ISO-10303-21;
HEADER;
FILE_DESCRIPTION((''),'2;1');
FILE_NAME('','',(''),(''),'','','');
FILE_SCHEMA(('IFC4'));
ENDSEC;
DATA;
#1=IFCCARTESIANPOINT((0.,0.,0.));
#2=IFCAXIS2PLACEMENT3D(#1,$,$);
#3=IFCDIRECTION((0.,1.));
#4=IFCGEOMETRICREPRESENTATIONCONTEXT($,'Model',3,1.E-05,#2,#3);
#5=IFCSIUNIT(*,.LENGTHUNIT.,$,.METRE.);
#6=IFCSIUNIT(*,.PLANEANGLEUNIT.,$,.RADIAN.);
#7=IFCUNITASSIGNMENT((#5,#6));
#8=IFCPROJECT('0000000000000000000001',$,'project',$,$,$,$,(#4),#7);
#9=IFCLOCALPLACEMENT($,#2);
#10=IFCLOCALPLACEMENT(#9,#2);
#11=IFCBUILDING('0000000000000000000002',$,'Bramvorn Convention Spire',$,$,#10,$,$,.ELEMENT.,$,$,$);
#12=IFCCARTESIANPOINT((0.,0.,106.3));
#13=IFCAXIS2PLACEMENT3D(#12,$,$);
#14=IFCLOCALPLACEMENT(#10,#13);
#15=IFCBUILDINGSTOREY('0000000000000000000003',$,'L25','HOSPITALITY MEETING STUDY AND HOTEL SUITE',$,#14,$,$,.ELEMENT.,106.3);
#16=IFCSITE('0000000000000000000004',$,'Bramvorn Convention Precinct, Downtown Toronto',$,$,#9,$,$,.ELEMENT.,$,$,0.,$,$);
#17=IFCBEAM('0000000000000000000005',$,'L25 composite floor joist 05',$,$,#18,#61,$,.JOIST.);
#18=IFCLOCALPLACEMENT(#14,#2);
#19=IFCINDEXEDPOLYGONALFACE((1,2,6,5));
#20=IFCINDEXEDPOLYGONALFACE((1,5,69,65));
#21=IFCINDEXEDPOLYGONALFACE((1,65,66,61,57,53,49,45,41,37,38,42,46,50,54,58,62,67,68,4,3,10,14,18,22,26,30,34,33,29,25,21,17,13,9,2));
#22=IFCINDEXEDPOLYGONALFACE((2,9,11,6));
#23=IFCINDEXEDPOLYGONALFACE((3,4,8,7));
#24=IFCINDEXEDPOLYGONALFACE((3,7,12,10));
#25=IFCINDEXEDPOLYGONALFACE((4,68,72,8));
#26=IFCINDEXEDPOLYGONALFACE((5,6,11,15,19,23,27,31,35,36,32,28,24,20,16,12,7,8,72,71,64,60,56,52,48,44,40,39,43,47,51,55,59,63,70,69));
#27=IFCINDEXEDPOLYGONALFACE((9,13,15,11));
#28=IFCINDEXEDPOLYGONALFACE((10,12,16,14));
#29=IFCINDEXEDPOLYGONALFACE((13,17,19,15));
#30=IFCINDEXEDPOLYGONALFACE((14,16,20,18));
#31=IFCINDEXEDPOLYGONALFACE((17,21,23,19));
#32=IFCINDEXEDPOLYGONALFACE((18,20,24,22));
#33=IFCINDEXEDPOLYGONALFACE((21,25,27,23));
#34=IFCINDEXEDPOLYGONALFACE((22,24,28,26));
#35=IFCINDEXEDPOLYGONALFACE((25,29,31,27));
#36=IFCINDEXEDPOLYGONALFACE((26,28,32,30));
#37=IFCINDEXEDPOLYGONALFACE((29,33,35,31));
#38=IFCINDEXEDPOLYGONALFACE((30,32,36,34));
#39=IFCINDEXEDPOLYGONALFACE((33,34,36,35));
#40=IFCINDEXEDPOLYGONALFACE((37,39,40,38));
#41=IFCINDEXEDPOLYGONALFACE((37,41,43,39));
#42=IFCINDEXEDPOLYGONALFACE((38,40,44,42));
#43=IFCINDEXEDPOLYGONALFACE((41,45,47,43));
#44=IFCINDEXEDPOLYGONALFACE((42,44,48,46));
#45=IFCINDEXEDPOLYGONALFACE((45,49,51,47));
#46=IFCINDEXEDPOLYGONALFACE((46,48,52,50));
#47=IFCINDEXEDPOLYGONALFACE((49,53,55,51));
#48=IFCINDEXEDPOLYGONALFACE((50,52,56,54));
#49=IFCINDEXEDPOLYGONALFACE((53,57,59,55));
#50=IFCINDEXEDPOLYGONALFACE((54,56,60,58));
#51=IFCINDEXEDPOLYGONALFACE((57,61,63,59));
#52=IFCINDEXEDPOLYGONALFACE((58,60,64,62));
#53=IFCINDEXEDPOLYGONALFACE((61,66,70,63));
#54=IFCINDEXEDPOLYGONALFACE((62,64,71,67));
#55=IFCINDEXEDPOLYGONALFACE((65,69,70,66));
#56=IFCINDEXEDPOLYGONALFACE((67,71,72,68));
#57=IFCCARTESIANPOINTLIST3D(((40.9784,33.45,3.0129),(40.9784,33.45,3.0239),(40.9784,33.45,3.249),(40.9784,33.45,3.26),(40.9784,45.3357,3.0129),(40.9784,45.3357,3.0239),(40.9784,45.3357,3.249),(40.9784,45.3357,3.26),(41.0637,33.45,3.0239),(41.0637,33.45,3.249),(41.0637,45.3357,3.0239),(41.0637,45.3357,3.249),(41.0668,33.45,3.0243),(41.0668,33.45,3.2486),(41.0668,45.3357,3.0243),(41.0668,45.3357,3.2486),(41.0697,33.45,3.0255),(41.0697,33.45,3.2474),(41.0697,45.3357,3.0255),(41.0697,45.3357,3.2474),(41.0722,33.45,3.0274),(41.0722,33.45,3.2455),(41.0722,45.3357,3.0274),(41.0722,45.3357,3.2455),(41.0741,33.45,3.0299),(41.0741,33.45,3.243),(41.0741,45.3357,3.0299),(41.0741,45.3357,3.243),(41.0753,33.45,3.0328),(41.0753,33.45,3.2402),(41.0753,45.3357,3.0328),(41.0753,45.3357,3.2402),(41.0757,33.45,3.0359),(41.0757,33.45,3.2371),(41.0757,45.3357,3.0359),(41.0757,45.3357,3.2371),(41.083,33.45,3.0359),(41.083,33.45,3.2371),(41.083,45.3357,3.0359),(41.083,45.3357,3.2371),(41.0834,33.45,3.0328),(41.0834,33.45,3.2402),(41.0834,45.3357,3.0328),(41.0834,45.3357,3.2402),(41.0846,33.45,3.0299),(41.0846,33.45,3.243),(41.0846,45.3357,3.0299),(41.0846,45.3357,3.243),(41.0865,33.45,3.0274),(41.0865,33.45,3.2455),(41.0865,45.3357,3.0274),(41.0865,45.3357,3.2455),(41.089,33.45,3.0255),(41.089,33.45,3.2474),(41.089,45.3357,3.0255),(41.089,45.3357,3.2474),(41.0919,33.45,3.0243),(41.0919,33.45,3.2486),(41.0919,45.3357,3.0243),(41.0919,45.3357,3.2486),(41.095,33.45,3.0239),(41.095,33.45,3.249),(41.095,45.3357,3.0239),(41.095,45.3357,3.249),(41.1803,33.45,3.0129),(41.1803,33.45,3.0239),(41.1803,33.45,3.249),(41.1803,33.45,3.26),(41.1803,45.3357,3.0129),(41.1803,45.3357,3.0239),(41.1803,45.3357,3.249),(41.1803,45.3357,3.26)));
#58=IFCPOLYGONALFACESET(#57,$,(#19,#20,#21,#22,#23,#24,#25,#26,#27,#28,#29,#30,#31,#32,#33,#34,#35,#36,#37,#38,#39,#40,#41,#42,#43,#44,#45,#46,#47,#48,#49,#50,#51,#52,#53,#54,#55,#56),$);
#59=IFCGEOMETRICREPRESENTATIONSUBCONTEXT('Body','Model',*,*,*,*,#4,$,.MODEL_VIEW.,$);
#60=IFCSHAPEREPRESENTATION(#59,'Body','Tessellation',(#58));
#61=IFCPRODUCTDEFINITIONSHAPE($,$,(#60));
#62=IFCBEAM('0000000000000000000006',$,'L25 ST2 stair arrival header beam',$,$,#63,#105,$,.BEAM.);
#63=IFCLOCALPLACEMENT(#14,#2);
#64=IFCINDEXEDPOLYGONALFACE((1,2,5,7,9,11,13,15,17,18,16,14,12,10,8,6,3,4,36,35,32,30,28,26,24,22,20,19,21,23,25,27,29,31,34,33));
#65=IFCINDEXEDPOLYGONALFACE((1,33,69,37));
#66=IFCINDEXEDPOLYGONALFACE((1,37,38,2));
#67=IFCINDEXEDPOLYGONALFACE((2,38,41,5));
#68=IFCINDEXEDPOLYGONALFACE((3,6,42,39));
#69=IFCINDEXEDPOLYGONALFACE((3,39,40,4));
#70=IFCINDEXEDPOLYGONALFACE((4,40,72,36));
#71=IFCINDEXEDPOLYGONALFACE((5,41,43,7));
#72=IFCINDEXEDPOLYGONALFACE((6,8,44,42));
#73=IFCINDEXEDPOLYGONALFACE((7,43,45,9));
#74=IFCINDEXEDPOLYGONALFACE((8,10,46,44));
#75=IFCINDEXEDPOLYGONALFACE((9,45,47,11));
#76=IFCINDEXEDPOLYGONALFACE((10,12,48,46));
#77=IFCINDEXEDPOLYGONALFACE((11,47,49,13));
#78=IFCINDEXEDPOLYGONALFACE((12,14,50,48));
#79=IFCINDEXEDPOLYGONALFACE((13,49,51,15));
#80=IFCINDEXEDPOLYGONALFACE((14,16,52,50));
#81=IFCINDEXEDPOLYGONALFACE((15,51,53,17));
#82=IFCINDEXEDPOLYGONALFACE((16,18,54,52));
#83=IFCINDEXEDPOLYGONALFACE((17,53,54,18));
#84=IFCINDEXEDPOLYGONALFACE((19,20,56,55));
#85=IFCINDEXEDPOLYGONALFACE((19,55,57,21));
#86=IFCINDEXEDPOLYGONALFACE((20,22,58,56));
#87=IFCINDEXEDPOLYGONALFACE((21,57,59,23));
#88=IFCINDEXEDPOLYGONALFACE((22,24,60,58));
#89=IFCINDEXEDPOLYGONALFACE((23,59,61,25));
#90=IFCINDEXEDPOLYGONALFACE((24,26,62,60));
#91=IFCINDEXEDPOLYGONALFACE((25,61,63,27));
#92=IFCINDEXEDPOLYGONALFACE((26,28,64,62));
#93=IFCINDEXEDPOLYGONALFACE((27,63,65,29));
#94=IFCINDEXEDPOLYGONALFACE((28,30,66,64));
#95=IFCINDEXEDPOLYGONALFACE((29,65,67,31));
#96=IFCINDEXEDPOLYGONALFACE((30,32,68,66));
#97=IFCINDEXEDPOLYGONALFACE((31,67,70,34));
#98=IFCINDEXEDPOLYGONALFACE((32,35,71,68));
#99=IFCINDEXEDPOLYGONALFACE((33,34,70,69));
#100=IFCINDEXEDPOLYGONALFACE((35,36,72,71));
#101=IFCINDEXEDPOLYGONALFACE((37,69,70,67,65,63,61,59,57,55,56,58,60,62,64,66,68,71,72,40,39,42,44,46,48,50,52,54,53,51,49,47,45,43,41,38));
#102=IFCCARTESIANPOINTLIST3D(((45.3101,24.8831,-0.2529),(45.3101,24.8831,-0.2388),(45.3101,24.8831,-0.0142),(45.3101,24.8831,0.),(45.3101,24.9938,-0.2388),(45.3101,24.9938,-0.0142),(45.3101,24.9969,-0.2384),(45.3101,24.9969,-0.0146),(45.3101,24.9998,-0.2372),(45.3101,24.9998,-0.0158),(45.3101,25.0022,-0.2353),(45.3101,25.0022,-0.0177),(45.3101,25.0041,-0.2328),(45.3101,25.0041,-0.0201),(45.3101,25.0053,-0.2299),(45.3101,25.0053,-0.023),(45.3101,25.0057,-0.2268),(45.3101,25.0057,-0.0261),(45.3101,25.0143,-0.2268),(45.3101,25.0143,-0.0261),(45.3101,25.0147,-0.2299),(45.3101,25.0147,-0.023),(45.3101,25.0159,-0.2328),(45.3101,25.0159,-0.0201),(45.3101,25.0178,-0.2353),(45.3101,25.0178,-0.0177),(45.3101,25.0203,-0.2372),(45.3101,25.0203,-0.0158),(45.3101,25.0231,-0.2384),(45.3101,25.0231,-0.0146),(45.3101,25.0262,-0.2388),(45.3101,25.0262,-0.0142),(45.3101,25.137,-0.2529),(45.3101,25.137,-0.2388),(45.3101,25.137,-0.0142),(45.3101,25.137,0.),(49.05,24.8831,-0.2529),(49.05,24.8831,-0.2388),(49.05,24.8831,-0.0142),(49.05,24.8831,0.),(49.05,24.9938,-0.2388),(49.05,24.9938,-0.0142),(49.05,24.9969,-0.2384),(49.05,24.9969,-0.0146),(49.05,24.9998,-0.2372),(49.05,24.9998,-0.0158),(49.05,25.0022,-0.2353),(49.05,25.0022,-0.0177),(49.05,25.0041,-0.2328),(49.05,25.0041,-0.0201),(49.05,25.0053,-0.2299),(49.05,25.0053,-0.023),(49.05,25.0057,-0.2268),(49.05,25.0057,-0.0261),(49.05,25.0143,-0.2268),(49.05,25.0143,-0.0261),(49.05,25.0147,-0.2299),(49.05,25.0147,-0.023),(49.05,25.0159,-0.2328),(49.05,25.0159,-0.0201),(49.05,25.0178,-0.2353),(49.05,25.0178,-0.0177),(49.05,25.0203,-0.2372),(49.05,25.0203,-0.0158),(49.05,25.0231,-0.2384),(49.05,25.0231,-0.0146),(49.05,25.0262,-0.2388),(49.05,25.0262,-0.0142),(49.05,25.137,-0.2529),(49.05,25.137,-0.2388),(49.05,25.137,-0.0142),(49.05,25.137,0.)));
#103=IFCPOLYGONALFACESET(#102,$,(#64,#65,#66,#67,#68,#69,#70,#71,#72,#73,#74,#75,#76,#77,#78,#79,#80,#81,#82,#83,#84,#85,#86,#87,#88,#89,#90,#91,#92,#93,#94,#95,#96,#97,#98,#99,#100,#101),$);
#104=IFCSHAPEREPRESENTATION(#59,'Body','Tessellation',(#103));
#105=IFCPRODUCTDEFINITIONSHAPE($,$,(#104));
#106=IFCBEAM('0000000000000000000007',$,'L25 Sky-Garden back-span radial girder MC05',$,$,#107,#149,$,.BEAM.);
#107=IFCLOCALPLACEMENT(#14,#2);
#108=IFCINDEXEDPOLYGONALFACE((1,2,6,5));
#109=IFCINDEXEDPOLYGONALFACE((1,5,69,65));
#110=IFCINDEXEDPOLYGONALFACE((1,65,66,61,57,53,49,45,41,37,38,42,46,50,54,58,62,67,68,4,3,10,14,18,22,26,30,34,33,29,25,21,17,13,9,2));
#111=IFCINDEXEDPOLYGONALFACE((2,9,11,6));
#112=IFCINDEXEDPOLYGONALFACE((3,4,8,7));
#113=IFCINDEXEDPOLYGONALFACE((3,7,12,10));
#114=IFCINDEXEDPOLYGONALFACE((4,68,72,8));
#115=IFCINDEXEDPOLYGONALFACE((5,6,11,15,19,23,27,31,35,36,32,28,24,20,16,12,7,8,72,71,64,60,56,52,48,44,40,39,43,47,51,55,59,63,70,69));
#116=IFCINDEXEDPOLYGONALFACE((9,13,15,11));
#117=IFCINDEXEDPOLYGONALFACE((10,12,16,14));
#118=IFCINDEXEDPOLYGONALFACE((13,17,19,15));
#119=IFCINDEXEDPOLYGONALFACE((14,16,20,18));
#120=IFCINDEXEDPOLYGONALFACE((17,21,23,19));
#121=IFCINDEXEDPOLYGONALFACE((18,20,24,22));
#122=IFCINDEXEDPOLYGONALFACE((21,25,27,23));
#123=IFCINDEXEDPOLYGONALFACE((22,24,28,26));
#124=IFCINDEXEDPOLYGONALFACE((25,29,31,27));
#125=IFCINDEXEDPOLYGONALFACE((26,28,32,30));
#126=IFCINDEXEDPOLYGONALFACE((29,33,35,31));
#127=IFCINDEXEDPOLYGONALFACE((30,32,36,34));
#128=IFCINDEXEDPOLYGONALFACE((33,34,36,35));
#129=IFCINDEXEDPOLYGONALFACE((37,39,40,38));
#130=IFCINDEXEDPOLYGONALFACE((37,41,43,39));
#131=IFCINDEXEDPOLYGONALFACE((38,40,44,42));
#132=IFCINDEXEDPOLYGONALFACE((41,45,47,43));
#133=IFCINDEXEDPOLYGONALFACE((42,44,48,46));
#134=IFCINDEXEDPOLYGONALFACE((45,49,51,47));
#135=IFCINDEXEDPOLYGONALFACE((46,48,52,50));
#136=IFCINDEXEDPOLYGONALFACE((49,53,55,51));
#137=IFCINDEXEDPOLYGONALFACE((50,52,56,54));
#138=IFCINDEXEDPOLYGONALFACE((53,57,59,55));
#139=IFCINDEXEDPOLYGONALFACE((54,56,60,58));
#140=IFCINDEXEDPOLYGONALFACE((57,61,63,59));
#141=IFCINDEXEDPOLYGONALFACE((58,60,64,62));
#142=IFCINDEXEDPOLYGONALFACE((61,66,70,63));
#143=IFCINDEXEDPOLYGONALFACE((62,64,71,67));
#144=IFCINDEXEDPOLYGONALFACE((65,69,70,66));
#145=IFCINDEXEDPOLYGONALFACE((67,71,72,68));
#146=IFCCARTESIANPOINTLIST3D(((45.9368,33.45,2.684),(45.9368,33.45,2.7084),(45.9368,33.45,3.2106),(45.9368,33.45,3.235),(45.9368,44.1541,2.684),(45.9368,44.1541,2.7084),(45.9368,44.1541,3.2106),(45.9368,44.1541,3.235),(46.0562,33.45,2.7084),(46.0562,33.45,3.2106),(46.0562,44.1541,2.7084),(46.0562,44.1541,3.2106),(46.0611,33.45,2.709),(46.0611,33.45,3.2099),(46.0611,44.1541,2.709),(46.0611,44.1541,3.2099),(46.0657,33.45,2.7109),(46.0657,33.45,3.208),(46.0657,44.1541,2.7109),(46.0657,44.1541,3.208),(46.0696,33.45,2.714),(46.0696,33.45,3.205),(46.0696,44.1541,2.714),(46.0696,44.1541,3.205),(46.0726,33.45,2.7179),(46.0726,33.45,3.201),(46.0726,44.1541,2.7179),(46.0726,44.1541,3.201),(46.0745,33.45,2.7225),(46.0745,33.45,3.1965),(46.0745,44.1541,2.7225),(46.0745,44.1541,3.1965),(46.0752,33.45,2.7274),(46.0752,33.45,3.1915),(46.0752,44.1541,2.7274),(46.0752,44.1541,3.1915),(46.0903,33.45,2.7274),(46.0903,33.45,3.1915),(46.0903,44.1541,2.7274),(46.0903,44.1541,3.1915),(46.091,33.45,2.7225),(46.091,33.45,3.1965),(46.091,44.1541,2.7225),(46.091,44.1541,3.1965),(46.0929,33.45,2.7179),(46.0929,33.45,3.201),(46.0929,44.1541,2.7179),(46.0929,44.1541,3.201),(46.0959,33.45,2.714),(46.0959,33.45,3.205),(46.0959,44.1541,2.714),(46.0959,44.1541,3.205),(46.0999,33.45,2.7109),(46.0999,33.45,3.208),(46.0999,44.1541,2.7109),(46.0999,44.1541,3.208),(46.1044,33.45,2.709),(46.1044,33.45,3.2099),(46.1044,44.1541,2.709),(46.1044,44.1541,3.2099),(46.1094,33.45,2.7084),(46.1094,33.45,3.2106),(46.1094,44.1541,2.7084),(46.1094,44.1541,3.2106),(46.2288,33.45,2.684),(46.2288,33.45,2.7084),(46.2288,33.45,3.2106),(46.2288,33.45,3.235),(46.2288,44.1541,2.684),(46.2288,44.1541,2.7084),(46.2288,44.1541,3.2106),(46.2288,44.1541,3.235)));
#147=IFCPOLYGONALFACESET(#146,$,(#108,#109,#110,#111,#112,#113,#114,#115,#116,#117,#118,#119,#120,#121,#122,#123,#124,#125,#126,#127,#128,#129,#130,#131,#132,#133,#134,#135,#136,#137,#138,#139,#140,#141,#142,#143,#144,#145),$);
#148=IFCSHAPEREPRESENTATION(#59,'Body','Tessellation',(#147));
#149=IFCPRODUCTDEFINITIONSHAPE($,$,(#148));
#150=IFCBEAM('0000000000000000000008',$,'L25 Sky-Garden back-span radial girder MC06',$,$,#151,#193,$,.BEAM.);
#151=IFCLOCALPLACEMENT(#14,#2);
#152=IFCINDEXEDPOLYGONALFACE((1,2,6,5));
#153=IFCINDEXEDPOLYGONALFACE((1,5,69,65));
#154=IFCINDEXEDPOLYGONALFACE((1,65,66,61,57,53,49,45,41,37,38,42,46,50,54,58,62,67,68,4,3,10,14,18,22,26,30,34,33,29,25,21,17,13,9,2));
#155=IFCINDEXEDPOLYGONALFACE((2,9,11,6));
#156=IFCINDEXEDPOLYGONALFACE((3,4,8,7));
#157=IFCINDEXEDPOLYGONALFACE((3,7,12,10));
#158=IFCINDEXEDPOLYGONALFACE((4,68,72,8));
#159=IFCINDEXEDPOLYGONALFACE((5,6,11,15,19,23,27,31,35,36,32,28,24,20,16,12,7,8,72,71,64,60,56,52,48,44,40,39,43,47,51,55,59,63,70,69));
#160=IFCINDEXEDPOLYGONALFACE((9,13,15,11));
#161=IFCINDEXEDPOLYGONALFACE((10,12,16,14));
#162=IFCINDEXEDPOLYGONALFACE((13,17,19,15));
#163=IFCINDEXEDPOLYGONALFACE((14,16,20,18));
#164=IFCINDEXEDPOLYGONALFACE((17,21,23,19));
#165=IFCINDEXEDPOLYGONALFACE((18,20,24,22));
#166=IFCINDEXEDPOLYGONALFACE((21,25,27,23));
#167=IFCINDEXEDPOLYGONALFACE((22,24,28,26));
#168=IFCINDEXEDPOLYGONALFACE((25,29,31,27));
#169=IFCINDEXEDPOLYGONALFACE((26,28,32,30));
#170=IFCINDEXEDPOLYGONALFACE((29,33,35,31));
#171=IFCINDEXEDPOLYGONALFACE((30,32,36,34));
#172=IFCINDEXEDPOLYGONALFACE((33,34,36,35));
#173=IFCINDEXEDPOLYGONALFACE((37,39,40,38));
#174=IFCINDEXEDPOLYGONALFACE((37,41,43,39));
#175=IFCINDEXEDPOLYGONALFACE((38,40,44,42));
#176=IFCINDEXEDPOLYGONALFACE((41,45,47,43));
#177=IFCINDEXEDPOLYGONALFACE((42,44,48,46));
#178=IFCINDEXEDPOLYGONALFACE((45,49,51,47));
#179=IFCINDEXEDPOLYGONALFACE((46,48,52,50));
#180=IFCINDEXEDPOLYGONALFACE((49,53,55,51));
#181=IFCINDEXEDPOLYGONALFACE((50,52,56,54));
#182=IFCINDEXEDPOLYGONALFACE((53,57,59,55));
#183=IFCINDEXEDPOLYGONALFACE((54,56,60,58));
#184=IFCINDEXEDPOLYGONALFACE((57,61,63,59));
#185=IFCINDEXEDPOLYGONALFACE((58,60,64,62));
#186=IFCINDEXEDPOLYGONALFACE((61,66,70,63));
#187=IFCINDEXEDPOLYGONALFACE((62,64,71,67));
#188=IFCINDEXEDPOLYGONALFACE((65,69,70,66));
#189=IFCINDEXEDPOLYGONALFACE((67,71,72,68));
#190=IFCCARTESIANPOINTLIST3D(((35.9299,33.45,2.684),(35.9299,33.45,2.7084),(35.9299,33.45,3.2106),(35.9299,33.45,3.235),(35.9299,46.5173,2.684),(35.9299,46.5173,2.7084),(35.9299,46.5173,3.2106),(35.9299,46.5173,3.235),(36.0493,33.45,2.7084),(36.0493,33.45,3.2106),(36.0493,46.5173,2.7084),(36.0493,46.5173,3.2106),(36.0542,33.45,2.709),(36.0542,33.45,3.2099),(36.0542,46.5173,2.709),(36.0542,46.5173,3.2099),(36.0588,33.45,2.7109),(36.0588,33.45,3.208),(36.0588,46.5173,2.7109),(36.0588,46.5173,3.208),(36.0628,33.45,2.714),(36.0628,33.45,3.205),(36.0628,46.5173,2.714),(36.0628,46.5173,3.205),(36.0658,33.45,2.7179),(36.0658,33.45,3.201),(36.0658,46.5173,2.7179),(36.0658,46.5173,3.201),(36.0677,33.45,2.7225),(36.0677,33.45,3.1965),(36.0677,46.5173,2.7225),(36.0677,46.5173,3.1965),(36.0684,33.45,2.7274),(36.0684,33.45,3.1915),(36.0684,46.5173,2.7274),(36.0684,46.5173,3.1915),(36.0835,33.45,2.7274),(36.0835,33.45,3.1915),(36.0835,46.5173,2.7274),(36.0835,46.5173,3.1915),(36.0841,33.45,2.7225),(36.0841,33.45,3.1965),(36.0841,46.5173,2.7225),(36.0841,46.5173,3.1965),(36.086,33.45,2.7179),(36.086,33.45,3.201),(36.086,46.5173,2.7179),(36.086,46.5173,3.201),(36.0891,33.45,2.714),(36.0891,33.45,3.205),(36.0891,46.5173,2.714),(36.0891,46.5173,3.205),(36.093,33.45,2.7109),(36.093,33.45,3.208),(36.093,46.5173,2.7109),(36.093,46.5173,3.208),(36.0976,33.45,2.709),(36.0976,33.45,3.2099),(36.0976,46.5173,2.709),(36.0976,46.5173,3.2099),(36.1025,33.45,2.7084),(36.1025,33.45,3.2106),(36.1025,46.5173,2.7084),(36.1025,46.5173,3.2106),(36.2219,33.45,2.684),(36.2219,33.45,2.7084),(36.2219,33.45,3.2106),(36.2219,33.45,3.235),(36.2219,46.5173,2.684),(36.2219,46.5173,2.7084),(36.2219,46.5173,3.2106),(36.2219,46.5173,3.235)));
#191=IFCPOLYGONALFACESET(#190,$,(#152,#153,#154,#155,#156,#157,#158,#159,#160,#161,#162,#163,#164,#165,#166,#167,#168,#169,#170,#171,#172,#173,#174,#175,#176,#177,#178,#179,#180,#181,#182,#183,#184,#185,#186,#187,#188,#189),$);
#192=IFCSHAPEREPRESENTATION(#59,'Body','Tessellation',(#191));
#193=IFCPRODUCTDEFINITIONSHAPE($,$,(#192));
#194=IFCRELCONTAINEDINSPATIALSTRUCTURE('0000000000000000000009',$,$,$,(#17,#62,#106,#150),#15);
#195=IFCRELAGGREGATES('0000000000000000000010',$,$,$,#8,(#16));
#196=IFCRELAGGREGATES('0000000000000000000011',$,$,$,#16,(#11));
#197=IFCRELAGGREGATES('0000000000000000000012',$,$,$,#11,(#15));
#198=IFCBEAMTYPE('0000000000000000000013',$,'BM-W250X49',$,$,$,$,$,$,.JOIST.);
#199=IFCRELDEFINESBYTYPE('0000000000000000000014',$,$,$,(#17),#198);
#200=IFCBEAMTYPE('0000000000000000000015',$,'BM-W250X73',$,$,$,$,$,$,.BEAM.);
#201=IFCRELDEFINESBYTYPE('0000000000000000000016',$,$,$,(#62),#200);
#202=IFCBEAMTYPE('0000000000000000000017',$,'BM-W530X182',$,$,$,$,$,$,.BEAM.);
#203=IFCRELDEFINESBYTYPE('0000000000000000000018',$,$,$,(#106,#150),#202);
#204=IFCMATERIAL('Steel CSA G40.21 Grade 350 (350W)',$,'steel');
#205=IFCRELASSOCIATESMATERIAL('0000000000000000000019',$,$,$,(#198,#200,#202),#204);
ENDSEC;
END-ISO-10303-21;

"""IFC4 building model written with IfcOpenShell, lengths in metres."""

from ifc_helpers import new_model, si_unit, direction, frame, origin, origin_2d, place, context, subcontext, project, spatial, i_section, extrude, material, material_profile, profile_set, type_object, element, save


model = new_model("IFC4")

# Units and contexts
model_context = context("Model", 3, precision=1e-05, world=origin(), true_north=direction((0.0, 1.0)))
body_context = subcontext(model_context, "Body", "Model", "MODEL_VIEW")
ifc_project = project(units=[si_unit("LENGTHUNIT", "METRE"), si_unit("PLANEANGLEUNIT", "RADIAN")], contexts=[model_context])

# Site, building, storey
site_placement = place(None, origin())
site = spatial("IfcSite", under=ifc_project, at=site_placement, Name="Bramvorn Convention Precinct, Downtown Toronto", CompositionType="ELEMENT", RefElevation=0.0)
building_placement = place(site_placement, origin())
building = spatial("IfcBuilding", under=site, at=building_placement, Name="Bramvorn Convention Spire", CompositionType="ELEMENT")
storey_placement = place(building_placement, frame((0.0, 0.0, 106.3)))
storey = spatial("IfcBuildingStorey", under=building, at=storey_placement, Name="L25", Description="HOSPITALITY MEETING STUDY AND HOTEL SUITE", CompositionType="ELEMENT", Elevation=106.3)

# Beams
ifc_material_1 = material(Name="Steel CSA G40.21 Grade 350 (350W)", Category="steel")
ifc_material_profile_1 = material_profile(ifc_material_1, i_section(OverallWidth=0.2019, OverallDepth=0.2471, WebThickness=0.0073, FlangeThickness=0.011, FilletRadius=0.012, at=origin_2d()))
ifc_profile_set_1 = profile_set([ifc_material_profile_1], Name="Steel CSA G40.21 Grade 350 (350W) - W250X49")
beam_type_1 = type_object("IfcBeamType", Name="BM-W250X49", PredefinedType="JOIST", material=ifc_profile_set_1)
beam_1_placement = place(storey_placement, frame((41.0793, 33.45, 3.1365), z_axis=(0.0, 1.0, 0.0), x_axis=(-1.0, 0.0, 0.0)))
element("IfcBeam", 1, at=beam_1_placement, inside=storey, type_object=beam_type_1, Name="L25 composite floor joist 05", PredefinedType="JOIST", context=body_context, shape_type="SweptSolid", body=[
    extrude(i_section(OverallWidth=0.2019, OverallDepth=0.2471, WebThickness=0.0073, FlangeThickness=0.011, FilletRadius=0.012, at=origin_2d()), origin(), (0.0, 0.0, 1.0), 11.8857),
])
ifc_material_profile_2 = material_profile(ifc_material_1, i_section(OverallWidth=0.2539, OverallDepth=0.2529, WebThickness=0.0085, FlangeThickness=0.0142, FilletRadius=0.012, at=origin_2d()))
ifc_profile_set_2 = profile_set([ifc_material_profile_2], Name="Steel CSA G40.21 Grade 350 (350W) - W250X73")
beam_type_2 = type_object("IfcBeamType", Name="BM-W250X73", PredefinedType="BEAM", material=ifc_profile_set_2)
beam_2_placement = place(storey_placement, frame((45.3101, 25.01, -0.1265), z_axis=(1.0, 0.0, 0.0), x_axis=(0.0, 1.0, 0.0)))
element("IfcBeam", 2, at=beam_2_placement, inside=storey, type_object=beam_type_2, Name="L25 ST2 stair arrival header beam", PredefinedType="BEAM", context=body_context, shape_type="SweptSolid", body=[
    extrude(i_section(OverallWidth=0.2539, OverallDepth=0.2529, WebThickness=0.0085, FlangeThickness=0.0142, FilletRadius=0.012, at=origin_2d()), origin(), (0.0, 0.0, 1.0), 3.74),
])
ifc_material_profile_3 = material_profile(ifc_material_1, i_section(OverallWidth=0.292, OverallDepth=0.551, WebThickness=0.0151, FlangeThickness=0.0244, FilletRadius=0.019, at=origin_2d()))
ifc_profile_set_3 = profile_set([ifc_material_profile_3], Name="Steel CSA G40.21 Grade 350 (350W) - W530X182")
beam_type_3 = type_object("IfcBeamType", Name="BM-W530X182", PredefinedType="BEAM", material=ifc_profile_set_3)
beam_3_placement = place(storey_placement, frame((46.0828, 33.45, 2.9595), z_axis=(0.0, 1.0, 0.0), x_axis=(-1.0, 0.0, 0.0)))
element("IfcBeam", 3, at=beam_3_placement, inside=storey, type_object=beam_type_3, Name="L25 Sky-Garden back-span radial girder MC05", PredefinedType="BEAM", context=body_context, shape_type="SweptSolid", body=[
    extrude(i_section(OverallWidth=0.292, OverallDepth=0.551, WebThickness=0.0151, FlangeThickness=0.0244, FilletRadius=0.019, at=origin_2d()), origin(), (0.0, 0.0, 1.0), 10.7041),
])
beam_4_placement = place(storey_placement, frame((36.0759, 33.45, 2.9595), z_axis=(0.0, 1.0, 0.0), x_axis=(-1.0, 0.0, 0.0)))
element("IfcBeam", 4, at=beam_4_placement, inside=storey, type_object=beam_type_3, Name="L25 Sky-Garden back-span radial girder MC06", PredefinedType="BEAM", context=body_context, shape_type="SweptSolid", body=[
    extrude(i_section(OverallWidth=0.292, OverallDepth=0.551, WebThickness=0.0151, FlangeThickness=0.0244, FilletRadius=0.019, at=origin_2d()), origin(), (0.0, 0.0, 1.0), 13.0674),
])

save(model, "model.ifc")
